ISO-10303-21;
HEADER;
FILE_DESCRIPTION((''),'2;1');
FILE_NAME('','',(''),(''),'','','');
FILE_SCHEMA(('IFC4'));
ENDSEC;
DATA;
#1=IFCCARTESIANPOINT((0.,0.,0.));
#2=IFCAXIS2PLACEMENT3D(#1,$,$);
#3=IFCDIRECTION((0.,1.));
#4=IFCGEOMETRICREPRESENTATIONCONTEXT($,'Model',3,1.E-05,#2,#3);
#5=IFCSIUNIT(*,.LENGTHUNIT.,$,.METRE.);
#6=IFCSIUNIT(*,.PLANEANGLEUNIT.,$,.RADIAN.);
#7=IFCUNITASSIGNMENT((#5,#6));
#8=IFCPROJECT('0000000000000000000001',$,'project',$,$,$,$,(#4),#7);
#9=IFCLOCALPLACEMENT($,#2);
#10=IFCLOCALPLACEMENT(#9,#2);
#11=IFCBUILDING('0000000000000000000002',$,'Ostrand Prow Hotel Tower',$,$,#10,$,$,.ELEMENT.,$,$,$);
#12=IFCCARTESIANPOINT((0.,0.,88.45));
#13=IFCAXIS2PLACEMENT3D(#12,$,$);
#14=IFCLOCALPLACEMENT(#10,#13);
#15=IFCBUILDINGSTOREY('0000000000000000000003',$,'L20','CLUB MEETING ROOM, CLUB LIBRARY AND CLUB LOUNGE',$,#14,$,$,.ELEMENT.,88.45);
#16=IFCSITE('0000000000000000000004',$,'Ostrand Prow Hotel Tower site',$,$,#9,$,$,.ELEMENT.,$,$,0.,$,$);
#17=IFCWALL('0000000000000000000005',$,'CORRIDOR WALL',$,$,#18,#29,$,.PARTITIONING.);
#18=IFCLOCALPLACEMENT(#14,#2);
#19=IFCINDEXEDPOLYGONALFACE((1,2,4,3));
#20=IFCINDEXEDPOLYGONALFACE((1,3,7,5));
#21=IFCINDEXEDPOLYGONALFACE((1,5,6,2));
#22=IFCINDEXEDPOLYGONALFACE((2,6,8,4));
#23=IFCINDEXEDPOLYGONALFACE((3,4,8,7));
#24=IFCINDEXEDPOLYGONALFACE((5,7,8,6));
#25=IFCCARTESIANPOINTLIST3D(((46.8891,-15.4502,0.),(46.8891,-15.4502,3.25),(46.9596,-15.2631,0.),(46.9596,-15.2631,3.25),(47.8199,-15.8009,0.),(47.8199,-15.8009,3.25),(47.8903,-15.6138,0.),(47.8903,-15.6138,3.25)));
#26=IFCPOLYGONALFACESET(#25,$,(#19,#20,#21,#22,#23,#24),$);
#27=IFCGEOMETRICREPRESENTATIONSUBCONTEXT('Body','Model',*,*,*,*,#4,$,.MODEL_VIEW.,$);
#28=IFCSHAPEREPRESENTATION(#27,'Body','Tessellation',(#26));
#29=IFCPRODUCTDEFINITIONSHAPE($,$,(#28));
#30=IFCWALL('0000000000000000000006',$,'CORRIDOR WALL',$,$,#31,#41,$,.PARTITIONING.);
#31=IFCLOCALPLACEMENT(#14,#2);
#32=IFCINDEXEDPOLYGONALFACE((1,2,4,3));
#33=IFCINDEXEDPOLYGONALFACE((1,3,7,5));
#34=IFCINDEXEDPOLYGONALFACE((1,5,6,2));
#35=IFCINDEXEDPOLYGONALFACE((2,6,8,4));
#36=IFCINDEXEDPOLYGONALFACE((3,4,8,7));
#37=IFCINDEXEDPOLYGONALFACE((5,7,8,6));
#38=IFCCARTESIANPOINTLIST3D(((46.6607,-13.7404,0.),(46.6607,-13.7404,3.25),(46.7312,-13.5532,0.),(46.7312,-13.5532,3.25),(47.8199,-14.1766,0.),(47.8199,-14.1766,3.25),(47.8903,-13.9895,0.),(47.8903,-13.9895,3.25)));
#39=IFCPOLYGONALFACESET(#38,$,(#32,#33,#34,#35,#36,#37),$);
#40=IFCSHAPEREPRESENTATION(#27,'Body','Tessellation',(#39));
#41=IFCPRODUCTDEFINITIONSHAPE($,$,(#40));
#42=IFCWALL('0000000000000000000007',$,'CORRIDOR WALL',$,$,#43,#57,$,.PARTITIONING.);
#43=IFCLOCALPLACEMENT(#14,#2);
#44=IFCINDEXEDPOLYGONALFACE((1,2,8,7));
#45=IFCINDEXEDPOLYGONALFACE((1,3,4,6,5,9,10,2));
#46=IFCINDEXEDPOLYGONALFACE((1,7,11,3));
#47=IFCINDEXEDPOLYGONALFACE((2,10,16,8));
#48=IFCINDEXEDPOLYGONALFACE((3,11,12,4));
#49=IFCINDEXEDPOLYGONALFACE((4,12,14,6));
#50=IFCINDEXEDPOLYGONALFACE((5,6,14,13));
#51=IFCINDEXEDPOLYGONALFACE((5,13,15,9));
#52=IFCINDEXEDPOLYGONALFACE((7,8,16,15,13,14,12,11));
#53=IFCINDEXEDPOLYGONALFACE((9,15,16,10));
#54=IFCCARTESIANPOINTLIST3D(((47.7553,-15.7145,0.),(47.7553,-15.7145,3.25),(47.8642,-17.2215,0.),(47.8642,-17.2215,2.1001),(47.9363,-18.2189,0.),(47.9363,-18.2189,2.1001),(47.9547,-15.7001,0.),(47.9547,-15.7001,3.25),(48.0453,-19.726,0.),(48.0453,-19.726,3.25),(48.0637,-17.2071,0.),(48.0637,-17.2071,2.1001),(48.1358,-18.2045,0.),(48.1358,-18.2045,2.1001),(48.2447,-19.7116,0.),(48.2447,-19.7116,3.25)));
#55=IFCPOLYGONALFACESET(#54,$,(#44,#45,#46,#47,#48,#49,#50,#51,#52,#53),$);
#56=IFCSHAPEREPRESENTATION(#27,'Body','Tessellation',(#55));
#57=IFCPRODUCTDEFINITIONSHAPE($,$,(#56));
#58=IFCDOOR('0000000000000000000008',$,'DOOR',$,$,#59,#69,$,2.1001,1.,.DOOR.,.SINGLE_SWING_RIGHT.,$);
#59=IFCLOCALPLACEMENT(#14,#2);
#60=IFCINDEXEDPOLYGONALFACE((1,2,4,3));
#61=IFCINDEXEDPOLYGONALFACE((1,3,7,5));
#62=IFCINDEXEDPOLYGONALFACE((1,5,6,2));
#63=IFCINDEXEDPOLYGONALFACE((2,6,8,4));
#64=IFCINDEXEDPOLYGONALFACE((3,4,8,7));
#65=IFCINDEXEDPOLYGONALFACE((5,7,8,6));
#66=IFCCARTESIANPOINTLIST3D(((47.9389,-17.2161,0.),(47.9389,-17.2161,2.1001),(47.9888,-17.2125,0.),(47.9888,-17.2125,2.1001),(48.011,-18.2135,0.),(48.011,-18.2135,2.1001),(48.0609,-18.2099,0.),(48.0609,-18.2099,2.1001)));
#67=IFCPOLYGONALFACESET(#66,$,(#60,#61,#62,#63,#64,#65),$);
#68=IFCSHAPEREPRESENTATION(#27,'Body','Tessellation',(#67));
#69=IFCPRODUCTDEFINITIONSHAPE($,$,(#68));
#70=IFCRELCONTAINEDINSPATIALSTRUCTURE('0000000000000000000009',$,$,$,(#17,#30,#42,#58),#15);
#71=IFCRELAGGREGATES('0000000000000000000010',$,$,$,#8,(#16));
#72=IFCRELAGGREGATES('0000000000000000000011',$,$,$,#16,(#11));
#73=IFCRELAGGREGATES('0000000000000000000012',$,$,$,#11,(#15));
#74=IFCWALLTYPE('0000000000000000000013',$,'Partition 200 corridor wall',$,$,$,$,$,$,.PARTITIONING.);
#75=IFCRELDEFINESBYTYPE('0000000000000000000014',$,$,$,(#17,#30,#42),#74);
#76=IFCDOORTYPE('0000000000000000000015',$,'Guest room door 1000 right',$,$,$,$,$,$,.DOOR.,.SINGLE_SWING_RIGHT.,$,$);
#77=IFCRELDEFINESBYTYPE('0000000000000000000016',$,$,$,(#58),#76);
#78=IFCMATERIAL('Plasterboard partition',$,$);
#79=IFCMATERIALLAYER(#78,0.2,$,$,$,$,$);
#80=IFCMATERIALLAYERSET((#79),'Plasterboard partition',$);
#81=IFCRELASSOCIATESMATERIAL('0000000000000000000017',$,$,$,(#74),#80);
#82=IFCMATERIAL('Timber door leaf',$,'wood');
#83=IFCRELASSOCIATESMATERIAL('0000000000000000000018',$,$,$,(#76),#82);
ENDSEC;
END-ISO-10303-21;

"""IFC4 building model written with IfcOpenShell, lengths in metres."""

from ifc_helpers import new_model, si_unit, direction, frame, frame_2d, origin, place, context, subcontext, project, spatial, rectangle, extrude, material, layer, layer_set, type_object, element, fill, save


model = new_model("IFC4")

# Units and contexts
model_context = context("Model", 3, precision=1e-05, world=origin(), true_north=direction((0.0, 1.0)))
body_context = subcontext(model_context, "Body", "Model", "MODEL_VIEW")
ifc_project = project(units=[si_unit("LENGTHUNIT", "METRE"), si_unit("PLANEANGLEUNIT", "RADIAN")], contexts=[model_context])

# Site, building, storey
site_placement = place(None, origin())
site = spatial("IfcSite", under=ifc_project, at=site_placement, Name="Ostrand Prow Hotel Tower site", CompositionType="ELEMENT", RefElevation=0.0)
building_placement = place(site_placement, origin())
building = spatial("IfcBuilding", under=site, at=building_placement, Name="Ostrand Prow Hotel Tower", CompositionType="ELEMENT")
storey_placement = place(building_placement, frame((0.0, 0.0, 88.45)))
storey = spatial("IfcBuildingStorey", under=building, at=storey_placement, Name="L20", Description="CLUB MEETING ROOM, CLUB LIBRARY AND CLUB LOUNGE", CompositionType="ELEMENT", Elevation=88.45)

# Shared definitions
ifc_material_1 = material(Name="Plasterboard partition")
ifc_layer_1 = layer(ifc_material_1, 0.2)
ifc_layer_set_1 = layer_set([ifc_layer_1], Name="Plasterboard partition")
wall_type_1 = type_object("IfcWallType", Name="Partition 200 corridor wall", PredefinedType="PARTITIONING", material=ifc_layer_set_1)

# Walls
wall_1_placement = place(storey_placement, frame((46.9243, -15.3567, 0.0), z_axis=(0.0, 0.0, 1.0), x_axis=(0.935804, -0.352522, 0.0)))
element("IfcWall", 1, at=wall_1_placement, inside=storey, type_object=wall_type_1, Name="CORRIDOR WALL", PredefinedType="PARTITIONING", context=body_context, shape_type="SweptSolid", body=[
    extrude(rectangle(XDim=0.9946, YDim=0.2, at=frame_2d((0.4973, 0.0))), origin(), (0.0, 0.0, 1.0), 3.25),
])
wall_2_placement = place(storey_placement, frame((47.855, -14.083, 0.0), z_axis=(0.0, 0.0, 1.0), x_axis=(-0.935907, 0.352246, 0.0)))
element("IfcWall", 2, at=wall_2_placement, inside=storey, type_object=wall_type_1, Name="CORRIDOR WALL", PredefinedType="PARTITIONING", context=body_context, shape_type="SweptSolid", body=[
    extrude(rectangle(XDim=1.2385, YDim=0.2, at=frame_2d((0.6191, 0.0))), origin(), (0.0, 0.0, 1.0), 3.25),
])

# Wall, opening, door
wall_3_placement = place(storey_placement, frame((47.855, -15.7073, 0.0), z_axis=(0.0, 0.0, 1.0), x_axis=(0.072114, -0.997396, 0.0)))
wall_3 = element("IfcWall", 3, at=wall_3_placement, inside=storey, type_object=wall_type_1, Name="CORRIDOR WALL", PredefinedType="PARTITIONING", context=body_context, shape_type="SweptSolid", body=[
    extrude(rectangle(XDim=4.022, YDim=0.2, at=frame_2d((2.011, 0.0))), origin(), (0.0, 0.0, 1.0), 3.25),
])
opening_1_placement = place(wall_3_placement, frame((1.511, 0.0, 0.0)))
opening_1 = element("IfcOpeningElement", 4, at=opening_1_placement, cuts=wall_3, PredefinedType="OPENING", context=body_context, shape_type="SweptSolid", body=[
    extrude(rectangle(XDim=1.0, YDim=2.1001, at=frame_2d((0.5, 1.05))), frame((0.0, 0.1099, 0.0), z_axis=(0.0, -1.0, 0.0), x_axis=(1.0, 0.0, 0.0)), (0.0, 0.0, 1.0), 0.22),
])
ifc_material_2 = material(Name="Timber door leaf", Category="wood")
door_type_1 = type_object("IfcDoorType", Name="Guest room door 1000 right", OperationType="SINGLE_SWING_RIGHT", PredefinedType="DOOR", material=ifc_material_2)
door_1_placement = place(opening_1_placement, origin())
door_1 = element("IfcDoor", 5, at=door_1_placement, inside=storey, type_object=door_type_1, Name="DOOR", OperationType="SINGLE_SWING_RIGHT", OverallHeight=2.1001, OverallWidth=1.0, PredefinedType="DOOR", context=body_context, shape_type="SweptSolid", body=[
    extrude(rectangle(XDim=1.0, YDim=2.1001, at=frame_2d((0.5, 1.05))), frame((0.0, 0.0249, 0.0), z_axis=(0.0, -1.0, 0.0), x_axis=(1.0, 0.0, 0.0)), (0.0, 0.0, 1.0), 0.05),
])
fill(opening_1, door_1)

save(model, "model.ifc")
